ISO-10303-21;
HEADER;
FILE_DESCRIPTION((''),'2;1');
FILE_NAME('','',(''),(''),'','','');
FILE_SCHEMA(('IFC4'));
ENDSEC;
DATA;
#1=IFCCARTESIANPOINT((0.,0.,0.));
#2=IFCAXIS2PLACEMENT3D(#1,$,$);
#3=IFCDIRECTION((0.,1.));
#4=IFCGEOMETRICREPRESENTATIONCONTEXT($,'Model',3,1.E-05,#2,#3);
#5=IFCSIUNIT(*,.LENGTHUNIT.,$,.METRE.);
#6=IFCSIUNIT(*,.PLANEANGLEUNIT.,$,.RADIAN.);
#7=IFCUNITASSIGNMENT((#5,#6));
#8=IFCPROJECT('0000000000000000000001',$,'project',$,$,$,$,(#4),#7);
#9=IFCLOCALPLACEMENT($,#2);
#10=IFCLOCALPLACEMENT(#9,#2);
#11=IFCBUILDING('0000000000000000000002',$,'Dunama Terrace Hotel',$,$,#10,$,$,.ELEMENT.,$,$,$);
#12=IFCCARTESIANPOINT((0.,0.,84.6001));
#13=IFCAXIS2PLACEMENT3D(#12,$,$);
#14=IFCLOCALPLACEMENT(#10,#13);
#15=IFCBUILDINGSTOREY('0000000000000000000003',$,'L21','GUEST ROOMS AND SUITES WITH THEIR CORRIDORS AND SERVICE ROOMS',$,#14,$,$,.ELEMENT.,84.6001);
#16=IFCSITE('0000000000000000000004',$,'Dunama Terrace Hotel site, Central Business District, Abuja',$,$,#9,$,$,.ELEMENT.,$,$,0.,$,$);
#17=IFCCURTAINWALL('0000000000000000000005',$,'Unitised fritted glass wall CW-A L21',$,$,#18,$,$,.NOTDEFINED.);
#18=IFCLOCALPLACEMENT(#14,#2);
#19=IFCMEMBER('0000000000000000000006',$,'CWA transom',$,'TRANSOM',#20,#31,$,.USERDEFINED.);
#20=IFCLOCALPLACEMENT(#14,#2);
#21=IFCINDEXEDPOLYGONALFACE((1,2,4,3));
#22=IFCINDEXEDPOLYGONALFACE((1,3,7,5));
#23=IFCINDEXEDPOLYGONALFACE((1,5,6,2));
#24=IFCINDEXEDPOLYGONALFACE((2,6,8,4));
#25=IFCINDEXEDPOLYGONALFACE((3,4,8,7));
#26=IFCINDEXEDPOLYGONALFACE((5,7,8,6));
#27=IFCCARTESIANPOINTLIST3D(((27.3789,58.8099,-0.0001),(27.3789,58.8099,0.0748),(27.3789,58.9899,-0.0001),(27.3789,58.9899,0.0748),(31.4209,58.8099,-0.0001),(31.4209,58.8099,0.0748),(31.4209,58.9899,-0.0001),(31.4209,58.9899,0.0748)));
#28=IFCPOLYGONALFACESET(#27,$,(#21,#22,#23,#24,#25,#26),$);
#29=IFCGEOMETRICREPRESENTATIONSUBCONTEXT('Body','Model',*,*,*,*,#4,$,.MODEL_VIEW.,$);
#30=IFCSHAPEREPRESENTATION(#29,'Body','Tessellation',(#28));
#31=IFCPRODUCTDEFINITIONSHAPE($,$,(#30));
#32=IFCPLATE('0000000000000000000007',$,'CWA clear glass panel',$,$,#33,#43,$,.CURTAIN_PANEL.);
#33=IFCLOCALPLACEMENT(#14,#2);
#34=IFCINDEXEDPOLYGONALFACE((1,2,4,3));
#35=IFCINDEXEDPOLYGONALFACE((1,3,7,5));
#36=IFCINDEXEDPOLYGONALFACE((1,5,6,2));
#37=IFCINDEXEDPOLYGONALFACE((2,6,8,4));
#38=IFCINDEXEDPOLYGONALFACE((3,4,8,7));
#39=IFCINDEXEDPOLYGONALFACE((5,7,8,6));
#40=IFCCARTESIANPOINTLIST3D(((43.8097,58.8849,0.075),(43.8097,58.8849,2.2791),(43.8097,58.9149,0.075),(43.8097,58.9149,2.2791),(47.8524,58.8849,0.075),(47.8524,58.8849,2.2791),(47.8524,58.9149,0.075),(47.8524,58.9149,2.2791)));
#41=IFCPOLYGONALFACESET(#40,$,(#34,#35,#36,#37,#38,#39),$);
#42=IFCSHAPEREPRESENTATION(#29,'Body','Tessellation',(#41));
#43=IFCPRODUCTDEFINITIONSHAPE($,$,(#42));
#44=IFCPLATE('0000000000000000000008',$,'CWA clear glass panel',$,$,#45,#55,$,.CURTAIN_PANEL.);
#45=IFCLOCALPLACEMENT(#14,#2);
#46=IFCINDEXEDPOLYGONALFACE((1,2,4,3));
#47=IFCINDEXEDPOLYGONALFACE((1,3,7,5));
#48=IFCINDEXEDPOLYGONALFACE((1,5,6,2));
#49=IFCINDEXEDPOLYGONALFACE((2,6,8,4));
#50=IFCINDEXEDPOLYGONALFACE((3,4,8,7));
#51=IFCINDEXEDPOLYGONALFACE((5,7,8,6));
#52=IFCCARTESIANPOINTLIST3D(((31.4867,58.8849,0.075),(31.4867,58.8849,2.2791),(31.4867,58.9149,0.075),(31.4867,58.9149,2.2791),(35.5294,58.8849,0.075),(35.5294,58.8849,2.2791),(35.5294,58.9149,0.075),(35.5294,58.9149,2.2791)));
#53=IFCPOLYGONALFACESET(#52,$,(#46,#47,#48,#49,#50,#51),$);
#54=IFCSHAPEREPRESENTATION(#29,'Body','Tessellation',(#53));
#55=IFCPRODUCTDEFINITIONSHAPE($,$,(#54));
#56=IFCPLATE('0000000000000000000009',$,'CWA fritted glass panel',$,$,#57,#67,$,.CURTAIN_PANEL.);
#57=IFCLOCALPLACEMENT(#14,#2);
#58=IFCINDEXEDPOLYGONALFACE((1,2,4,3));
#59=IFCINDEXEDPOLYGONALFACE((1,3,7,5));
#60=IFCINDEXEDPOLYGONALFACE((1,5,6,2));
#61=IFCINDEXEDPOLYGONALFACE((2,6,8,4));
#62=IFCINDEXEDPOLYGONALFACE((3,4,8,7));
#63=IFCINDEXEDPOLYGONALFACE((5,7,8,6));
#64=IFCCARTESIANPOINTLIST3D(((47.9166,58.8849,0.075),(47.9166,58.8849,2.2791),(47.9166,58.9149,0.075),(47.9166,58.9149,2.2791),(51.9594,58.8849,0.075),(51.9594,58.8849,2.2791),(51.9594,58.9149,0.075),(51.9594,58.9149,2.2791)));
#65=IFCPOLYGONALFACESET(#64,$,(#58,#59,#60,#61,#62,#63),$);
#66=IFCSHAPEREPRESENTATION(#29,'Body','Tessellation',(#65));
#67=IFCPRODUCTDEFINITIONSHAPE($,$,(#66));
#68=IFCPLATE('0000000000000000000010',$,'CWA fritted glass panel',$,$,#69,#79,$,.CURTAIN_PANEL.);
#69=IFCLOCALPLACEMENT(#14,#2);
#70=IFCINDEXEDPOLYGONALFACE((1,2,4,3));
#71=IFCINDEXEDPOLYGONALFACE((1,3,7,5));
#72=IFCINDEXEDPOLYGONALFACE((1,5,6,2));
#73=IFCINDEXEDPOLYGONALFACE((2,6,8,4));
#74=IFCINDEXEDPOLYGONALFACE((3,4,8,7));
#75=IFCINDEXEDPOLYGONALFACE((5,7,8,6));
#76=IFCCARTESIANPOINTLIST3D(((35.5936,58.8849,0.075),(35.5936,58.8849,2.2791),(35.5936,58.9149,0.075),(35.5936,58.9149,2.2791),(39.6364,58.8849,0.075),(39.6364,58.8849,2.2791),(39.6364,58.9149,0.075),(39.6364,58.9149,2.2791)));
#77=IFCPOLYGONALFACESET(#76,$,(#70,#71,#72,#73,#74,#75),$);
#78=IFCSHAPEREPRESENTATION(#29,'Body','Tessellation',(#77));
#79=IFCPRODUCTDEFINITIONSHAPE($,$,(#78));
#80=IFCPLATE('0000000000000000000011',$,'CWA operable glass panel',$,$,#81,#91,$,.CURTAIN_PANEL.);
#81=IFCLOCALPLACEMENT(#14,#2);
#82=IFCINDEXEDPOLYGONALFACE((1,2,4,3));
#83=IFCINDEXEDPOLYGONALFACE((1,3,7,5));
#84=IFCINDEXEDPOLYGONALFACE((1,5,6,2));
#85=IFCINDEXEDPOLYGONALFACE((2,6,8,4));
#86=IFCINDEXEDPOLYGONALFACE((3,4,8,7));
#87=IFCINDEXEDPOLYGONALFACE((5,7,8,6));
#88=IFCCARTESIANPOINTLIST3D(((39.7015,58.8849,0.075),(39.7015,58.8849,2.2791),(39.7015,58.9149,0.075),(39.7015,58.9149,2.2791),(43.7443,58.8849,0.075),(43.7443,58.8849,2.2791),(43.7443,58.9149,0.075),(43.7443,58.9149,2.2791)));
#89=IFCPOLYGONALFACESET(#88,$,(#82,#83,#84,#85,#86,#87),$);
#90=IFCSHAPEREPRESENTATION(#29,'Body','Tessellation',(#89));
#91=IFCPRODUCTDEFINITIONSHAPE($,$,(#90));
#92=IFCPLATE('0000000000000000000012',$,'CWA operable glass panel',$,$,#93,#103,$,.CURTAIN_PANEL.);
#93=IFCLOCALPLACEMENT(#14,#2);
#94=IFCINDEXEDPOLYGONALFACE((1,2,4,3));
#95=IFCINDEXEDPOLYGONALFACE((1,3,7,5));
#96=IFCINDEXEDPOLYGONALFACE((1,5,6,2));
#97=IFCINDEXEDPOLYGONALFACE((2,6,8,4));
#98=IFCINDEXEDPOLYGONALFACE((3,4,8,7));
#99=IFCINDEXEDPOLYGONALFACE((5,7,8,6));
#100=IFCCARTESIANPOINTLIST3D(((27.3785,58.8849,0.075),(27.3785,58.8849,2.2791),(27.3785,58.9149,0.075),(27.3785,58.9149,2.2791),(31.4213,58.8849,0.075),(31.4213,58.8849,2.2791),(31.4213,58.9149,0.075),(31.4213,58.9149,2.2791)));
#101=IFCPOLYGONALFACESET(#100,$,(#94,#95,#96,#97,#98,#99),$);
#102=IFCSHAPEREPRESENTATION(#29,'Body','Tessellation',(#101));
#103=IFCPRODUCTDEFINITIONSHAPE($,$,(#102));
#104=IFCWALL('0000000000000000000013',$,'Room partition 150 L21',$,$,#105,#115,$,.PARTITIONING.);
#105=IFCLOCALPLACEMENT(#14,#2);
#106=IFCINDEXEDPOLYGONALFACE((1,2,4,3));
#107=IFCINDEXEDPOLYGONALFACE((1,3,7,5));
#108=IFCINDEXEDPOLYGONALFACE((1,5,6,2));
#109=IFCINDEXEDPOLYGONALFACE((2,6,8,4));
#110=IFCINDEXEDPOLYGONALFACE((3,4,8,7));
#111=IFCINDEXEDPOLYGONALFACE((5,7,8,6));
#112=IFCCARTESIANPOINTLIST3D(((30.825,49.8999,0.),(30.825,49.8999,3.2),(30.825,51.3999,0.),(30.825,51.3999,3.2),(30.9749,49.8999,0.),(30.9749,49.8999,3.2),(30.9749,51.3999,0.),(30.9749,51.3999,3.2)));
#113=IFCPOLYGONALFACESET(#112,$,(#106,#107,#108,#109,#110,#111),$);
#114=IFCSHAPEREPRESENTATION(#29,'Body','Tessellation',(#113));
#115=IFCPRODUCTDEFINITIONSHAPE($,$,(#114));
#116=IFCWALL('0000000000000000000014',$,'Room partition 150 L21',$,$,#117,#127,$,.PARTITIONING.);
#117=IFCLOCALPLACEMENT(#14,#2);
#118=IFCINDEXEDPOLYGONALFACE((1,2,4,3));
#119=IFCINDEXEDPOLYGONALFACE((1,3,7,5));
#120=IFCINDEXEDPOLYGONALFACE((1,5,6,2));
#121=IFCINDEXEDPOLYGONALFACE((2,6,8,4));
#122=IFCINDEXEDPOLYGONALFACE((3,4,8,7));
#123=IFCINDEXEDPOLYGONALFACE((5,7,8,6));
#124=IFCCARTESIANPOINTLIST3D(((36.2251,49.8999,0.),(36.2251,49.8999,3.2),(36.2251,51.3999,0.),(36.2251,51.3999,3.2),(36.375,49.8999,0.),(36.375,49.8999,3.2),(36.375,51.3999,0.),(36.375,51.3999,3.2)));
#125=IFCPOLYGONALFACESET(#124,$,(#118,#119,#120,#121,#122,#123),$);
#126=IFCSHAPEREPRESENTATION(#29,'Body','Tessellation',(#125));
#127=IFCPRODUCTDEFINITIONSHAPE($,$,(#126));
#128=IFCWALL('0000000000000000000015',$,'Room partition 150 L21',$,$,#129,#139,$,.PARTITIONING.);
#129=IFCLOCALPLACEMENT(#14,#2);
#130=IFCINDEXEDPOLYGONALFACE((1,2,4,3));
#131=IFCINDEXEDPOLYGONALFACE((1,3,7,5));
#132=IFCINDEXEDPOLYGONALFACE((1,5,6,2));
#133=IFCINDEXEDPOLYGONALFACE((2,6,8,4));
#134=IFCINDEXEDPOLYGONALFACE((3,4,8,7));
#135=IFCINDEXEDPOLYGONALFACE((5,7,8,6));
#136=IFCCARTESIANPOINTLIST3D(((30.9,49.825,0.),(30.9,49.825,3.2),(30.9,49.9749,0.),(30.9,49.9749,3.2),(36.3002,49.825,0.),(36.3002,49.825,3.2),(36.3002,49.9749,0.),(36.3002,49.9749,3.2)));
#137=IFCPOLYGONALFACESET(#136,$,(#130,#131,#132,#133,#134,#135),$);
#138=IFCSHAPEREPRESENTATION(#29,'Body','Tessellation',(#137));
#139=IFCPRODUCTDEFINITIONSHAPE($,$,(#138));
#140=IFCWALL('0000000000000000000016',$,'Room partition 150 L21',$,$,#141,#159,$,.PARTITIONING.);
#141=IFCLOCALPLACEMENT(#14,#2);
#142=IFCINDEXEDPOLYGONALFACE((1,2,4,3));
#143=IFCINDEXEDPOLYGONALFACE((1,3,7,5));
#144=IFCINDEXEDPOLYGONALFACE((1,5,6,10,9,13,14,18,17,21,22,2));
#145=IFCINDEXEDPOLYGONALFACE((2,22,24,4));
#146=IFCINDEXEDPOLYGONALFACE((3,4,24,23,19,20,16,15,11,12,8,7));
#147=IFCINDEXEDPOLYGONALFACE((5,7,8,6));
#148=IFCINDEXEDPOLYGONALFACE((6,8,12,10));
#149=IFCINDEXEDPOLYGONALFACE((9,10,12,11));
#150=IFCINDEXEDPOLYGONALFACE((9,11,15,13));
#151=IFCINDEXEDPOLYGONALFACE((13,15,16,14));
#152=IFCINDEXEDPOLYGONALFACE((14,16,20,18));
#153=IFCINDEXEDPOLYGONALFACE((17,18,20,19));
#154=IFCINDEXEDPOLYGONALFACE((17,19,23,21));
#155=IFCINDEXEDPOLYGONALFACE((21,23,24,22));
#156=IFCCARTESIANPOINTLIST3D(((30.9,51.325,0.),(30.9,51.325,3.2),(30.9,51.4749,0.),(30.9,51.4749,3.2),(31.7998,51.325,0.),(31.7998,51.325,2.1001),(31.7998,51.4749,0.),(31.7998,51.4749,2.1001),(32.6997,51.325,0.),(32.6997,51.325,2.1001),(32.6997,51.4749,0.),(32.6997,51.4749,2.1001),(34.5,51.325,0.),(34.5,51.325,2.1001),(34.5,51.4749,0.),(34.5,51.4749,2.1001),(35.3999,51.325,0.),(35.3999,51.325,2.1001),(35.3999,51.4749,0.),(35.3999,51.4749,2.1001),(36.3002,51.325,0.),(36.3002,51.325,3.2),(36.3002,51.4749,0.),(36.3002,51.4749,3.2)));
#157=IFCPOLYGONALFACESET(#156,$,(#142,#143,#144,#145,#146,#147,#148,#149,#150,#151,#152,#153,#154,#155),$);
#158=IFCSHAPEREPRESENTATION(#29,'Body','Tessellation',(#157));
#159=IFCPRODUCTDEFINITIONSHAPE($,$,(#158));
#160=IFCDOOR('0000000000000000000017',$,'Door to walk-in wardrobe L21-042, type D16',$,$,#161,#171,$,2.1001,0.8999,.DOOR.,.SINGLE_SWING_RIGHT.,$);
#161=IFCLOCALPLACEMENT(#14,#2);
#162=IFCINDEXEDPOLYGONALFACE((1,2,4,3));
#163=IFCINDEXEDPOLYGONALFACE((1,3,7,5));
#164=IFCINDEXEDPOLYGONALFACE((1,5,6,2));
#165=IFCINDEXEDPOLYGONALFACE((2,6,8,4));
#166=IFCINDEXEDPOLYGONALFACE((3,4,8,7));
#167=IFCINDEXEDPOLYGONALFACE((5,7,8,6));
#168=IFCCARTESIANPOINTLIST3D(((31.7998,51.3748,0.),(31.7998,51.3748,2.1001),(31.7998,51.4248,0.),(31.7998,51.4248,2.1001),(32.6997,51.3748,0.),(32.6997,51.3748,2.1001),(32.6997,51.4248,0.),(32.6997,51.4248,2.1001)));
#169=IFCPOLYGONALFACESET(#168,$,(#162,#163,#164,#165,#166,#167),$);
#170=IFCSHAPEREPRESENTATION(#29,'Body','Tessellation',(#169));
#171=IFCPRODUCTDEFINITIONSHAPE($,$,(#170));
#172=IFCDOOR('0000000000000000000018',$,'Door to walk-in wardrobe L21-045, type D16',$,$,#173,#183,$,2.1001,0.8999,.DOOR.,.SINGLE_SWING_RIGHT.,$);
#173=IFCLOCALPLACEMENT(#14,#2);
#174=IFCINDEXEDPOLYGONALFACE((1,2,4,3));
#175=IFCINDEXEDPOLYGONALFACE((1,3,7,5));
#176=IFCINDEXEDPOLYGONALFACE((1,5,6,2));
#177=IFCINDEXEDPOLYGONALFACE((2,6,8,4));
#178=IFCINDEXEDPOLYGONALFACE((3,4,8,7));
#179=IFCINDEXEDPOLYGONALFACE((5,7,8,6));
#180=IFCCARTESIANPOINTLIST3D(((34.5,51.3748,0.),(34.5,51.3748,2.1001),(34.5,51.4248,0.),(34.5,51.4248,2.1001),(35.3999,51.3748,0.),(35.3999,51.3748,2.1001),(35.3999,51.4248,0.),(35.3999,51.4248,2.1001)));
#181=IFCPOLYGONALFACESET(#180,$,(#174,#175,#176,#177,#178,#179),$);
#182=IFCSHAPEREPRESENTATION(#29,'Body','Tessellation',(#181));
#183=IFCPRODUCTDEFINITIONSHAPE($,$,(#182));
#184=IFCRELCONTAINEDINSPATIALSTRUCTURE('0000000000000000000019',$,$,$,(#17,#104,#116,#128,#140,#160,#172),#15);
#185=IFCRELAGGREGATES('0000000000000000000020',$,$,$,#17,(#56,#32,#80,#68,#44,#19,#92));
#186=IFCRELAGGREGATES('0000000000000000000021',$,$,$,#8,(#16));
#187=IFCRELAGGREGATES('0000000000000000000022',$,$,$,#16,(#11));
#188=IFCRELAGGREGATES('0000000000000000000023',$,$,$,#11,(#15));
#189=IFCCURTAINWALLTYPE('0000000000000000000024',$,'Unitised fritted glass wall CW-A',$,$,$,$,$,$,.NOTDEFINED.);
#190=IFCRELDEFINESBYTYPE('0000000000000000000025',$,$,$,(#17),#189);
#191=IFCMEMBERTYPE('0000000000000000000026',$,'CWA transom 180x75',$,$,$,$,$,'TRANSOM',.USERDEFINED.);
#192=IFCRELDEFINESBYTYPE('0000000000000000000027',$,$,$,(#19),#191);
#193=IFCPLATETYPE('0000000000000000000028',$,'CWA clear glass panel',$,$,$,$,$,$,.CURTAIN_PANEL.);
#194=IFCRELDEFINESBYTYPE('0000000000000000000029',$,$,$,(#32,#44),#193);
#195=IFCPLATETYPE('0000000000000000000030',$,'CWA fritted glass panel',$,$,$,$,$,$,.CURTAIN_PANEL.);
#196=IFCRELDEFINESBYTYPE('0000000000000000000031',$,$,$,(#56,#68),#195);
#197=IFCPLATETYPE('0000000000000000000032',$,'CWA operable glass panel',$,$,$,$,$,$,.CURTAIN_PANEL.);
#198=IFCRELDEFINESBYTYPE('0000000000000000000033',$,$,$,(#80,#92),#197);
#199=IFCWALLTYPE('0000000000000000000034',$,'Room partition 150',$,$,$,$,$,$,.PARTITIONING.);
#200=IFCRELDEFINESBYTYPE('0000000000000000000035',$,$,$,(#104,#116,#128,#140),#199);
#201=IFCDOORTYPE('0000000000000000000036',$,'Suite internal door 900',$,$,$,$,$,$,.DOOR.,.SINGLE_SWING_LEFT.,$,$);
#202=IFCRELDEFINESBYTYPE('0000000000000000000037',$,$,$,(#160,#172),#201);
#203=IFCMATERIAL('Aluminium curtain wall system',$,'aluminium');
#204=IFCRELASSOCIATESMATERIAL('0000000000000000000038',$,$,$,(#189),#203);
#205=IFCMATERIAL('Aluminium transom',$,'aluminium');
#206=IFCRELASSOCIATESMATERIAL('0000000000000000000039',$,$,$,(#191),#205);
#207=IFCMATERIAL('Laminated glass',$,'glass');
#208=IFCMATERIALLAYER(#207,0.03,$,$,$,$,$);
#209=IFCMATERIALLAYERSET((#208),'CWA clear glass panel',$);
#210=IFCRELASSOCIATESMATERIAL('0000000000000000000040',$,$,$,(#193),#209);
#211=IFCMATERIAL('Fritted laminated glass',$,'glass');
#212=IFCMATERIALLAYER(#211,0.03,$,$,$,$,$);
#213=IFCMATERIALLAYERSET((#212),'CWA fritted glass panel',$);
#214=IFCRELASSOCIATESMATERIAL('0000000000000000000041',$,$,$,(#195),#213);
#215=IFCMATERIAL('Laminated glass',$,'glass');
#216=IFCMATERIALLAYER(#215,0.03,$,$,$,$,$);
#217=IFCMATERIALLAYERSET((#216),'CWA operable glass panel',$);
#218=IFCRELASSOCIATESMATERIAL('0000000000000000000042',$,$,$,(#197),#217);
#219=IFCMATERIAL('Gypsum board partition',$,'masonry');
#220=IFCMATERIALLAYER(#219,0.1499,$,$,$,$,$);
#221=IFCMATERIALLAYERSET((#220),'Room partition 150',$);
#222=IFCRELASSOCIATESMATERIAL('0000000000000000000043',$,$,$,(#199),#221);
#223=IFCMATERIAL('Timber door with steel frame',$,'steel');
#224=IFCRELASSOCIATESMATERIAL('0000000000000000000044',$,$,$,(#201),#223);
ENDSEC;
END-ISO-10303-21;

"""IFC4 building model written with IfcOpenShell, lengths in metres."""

from ifc_helpers import new_model, si_unit, direction, frame, frame_2d, origin, origin_2d, place, context, subcontext, project, spatial, rectangle, extrude, material, layer, layer_set, material_profile, profile_set, type_object, element, fill, aggregate, save


model = new_model("IFC4")

# Units and contexts
model_context = context("Model", 3, precision=1e-05, world=origin(), true_north=direction((0.0, 1.0)))
body_context = subcontext(model_context, "Body", "Model", "MODEL_VIEW")
ifc_project = project(units=[si_unit("LENGTHUNIT", "METRE"), si_unit("PLANEANGLEUNIT", "RADIAN")], contexts=[model_context])

# Site, building, storey
site_placement = place(None, origin())
site = spatial("IfcSite", under=ifc_project, at=site_placement, Name="Dunama Terrace Hotel site, Central Business District, Abuja", CompositionType="ELEMENT", RefElevation=0.0)
building_placement = place(site_placement, origin())
building = spatial("IfcBuilding", under=site, at=building_placement, Name="Dunama Terrace Hotel", CompositionType="ELEMENT")
storey_placement = place(building_placement, frame((0.0, 0.0, 84.6001)))
storey = spatial("IfcBuildingStorey", under=building, at=storey_placement, Name="L21", Description="GUEST ROOMS AND SUITES WITH THEIR CORRIDORS AND SERVICE ROOMS", CompositionType="ELEMENT", Elevation=84.6001)

# Curtain wall, member, plates
ifc_material_1 = material(Name="Aluminium curtain wall system", Category="aluminium")
curtain_wall_type = type_object("IfcCurtainWallType", Name="Unitised fritted glass wall CW-A", PredefinedType="NOTDEFINED", material=ifc_material_1)
curtain_wall_placement = place(storey_placement, origin())
curtain_wall = element("IfcCurtainWall", 1, at=curtain_wall_placement, inside=storey, type_object=curtain_wall_type, Name="Unitised fritted glass wall CW-A L21", PredefinedType="NOTDEFINED")
ifc_material_2 = material(Name="Aluminium transom", Category="aluminium")
ifc_material_profile_1 = material_profile(ifc_material_2, rectangle(XDim=0.1799, YDim=0.075, at=origin_2d()), Name="CWA TRANSOM 180X75")
ifc_profile_set_1 = profile_set([ifc_material_profile_1], Name="Aluminium transom")
member_type_1 = type_object("IfcMemberType", Name="CWA transom 180x75", ElementType="TRANSOM", PredefinedType="USERDEFINED", material=ifc_profile_set_1)
member_1_placement = place(storey_placement, frame((31.4209, 58.8999, 0.0374), z_axis=(-1.0, 0.0, 0.0), x_axis=(0.0, -1.0, 0.0)))
member_1 = element("IfcMember", 2, at=member_1_placement, type_object=member_type_1, Name="CWA transom", ObjectType="TRANSOM", PredefinedType="USERDEFINED", context=body_context, shape_type="SweptSolid", body=[
    extrude(rectangle(XDim=0.1799, YDim=0.075, at=origin_2d()), origin(), (0.0, 0.0, 1.0), 4.042),
])
ifc_material_3 = material(Name="Laminated glass", Category="glass")
ifc_layer_1 = layer(ifc_material_3, 0.03)
ifc_layer_set_1 = layer_set([ifc_layer_1], Name="CWA clear glass panel")
plate_type_1 = type_object("IfcPlateType", Name="CWA clear glass panel", PredefinedType="CURTAIN_PANEL", material=ifc_layer_set_1)
plate_1_placement = place(storey_placement, frame((45.8311, 58.8999, 0.075), z_axis=(0.0, 0.0, 1.0), x_axis=(-1.0, 0.0, 0.0)))
plate_1 = element("IfcPlate", 3, at=plate_1_placement, type_object=plate_type_1, Name="CWA clear glass panel", PredefinedType="CURTAIN_PANEL", context=body_context, shape_type="SweptSolid", body=[
    extrude(rectangle(XDim=4.0427, YDim=0.03, at=origin_2d()), origin(), (0.0, 0.0, 1.0), 2.2041),
])
plate_2_placement = place(storey_placement, frame((33.5081, 58.8999, 0.075), z_axis=(0.0, 0.0, 1.0), x_axis=(-1.0, 0.0, 0.0)))
plate_2 = element("IfcPlate", 4, at=plate_2_placement, type_object=plate_type_1, Name="CWA clear glass panel", PredefinedType="CURTAIN_PANEL", context=body_context, shape_type="SweptSolid", body=[
    extrude(rectangle(XDim=4.0427, YDim=0.03, at=origin_2d()), origin(), (0.0, 0.0, 1.0), 2.2041),
])
ifc_material_4 = material(Name="Fritted laminated glass", Category="glass")
ifc_layer_2 = layer(ifc_material_4, 0.03)
ifc_layer_set_2 = layer_set([ifc_layer_2], Name="CWA fritted glass panel")
plate_type_2 = type_object("IfcPlateType", Name="CWA fritted glass panel", PredefinedType="CURTAIN_PANEL", material=ifc_layer_set_2)
plate_3_placement = place(storey_placement, frame((49.938, 58.8999, 0.075), z_axis=(0.0, 0.0, 1.0), x_axis=(-1.0, 0.0, 0.0)))
plate_3 = element("IfcPlate", 5, at=plate_3_placement, type_object=plate_type_2, Name="CWA fritted glass panel", PredefinedType="CURTAIN_PANEL", context=body_context, shape_type="SweptSolid", body=[
    extrude(rectangle(XDim=4.0427, YDim=0.03, at=origin_2d()), origin(), (0.0, 0.0, 1.0), 2.2041),
])
plate_4_placement = place(storey_placement, frame((37.615, 58.8999, 0.075), z_axis=(0.0, 0.0, 1.0), x_axis=(-1.0, 0.0, 0.0)))
plate_4 = element("IfcPlate", 6, at=plate_4_placement, type_object=plate_type_2, Name="CWA fritted glass panel", PredefinedType="CURTAIN_PANEL", context=body_context, shape_type="SweptSolid", body=[
    extrude(rectangle(XDim=4.0427, YDim=0.03, at=origin_2d()), origin(), (0.0, 0.0, 1.0), 2.2041),
])
ifc_material_5 = material(Name="Laminated glass", Category="glass")
ifc_layer_3 = layer(ifc_material_5, 0.03)
ifc_layer_set_3 = layer_set([ifc_layer_3], Name="CWA operable glass panel")
plate_type_3 = type_object("IfcPlateType", Name="CWA operable glass panel", PredefinedType="CURTAIN_PANEL", material=ifc_layer_set_3)
plate_5_placement = place(storey_placement, frame((41.7229, 58.8999, 0.075), z_axis=(0.0, 0.0, 1.0), x_axis=(-1.0, 0.0, 0.0)))
plate_5 = element("IfcPlate", 7, at=plate_5_placement, type_object=plate_type_3, Name="CWA operable glass panel", PredefinedType="CURTAIN_PANEL", context=body_context, shape_type="SweptSolid", body=[
    extrude(rectangle(XDim=4.0427, YDim=0.03, at=origin_2d()), origin(), (0.0, 0.0, 1.0), 2.2041),
])
plate_6_placement = place(storey_placement, frame((29.3999, 58.8999, 0.075), z_axis=(0.0, 0.0, 1.0), x_axis=(-1.0, 0.0, 0.0)))
plate_6 = element("IfcPlate", 8, at=plate_6_placement, type_object=plate_type_3, Name="CWA operable glass panel", PredefinedType="CURTAIN_PANEL", context=body_context, shape_type="SweptSolid", body=[
    extrude(rectangle(XDim=4.0427, YDim=0.03, at=origin_2d()), origin(), (0.0, 0.0, 1.0), 2.2041),
])
aggregate(curtain_wall, [plate_3, plate_1, plate_5, plate_4, plate_2, member_1, plate_6])

# Walls
ifc_material_6 = material(Name="Gypsum board partition", Category="masonry")
ifc_layer_4 = layer(ifc_material_6, 0.1499)
ifc_layer_set_4 = layer_set([ifc_layer_4], Name="Room partition 150")
wall_type = type_object("IfcWallType", Name="Room partition 150", PredefinedType="PARTITIONING", material=ifc_layer_set_4)
for number, where, z_axis, x_axis, name in (
    (9, (30.8999, 49.8999, 0.0), (0.0, 0.0, 1.0), (0.0, 1.0, 0.0), "Room partition 150 L21"),
    (10, (36.3, 49.8999, 0.0), (0.0, 0.0, 1.0), (0.0, 1.0, 0.0), "Room partition 150 L21"),
):
    element("IfcWall", number, at=place(storey_placement, frame(where, z_axis=z_axis, x_axis=x_axis)), inside=storey, type_object=wall_type, Name=name, PredefinedType="PARTITIONING", context=body_context, shape_type="SweptSolid", body=[
        extrude(rectangle(XDim=1.5, YDim=0.1499, at=frame_2d((0.75, 0.0))), origin(), (0.0, 0.0, 1.0), 3.2),
    ])
wall_1_placement = place(storey_placement, frame((30.8999, 49.8999, 0.0), z_axis=(0.0, 0.0, 1.0), x_axis=(1.0, 0.0, 0.0)))
element("IfcWall", 11, at=wall_1_placement, inside=storey, type_object=wall_type, Name="Room partition 150 L21", PredefinedType="PARTITIONING", context=body_context, shape_type="SweptSolid", body=[
    extrude(rectangle(XDim=5.4001, YDim=0.1499, at=frame_2d((2.7002, 0.0))), origin(), (0.0, 0.0, 1.0), 3.2),
])

# Wall, openings, doors
wall_2_placement = place(storey_placement, frame((30.8999, 51.3999, 0.0), z_axis=(0.0, 0.0, 1.0), x_axis=(1.0, 0.0, 0.0)))
wall_2 = element("IfcWall", 12, at=wall_2_placement, inside=storey, type_object=wall_type, Name="Room partition 150 L21", PredefinedType="PARTITIONING", context=body_context, shape_type="SweptSolid", body=[
    extrude(rectangle(XDim=5.4001, YDim=0.1499, at=frame_2d((2.7002, 0.0))), origin(), (0.0, 0.0, 1.0), 3.2),
])
opening_1_placement = place(wall_2_placement, frame((0.8999, 0.0, 0.0)))
opening_1 = element("IfcOpeningElement", 13, at=opening_1_placement, cuts=wall_2, PredefinedType="OPENING", context=body_context, shape_type="SweptSolid", body=[
    extrude(rectangle(XDim=0.8999, YDim=2.1001, at=frame_2d((0.45, 1.05))), frame((0.0, 0.085, 0.0), z_axis=(0.0, -1.0, 0.0), x_axis=(1.0, 0.0, 0.0)), (0.0, 0.0, 1.0), 0.1699),
])
opening_2_placement = place(wall_2_placement, frame((3.6001, 0.0, 0.0)))
opening_2 = element("IfcOpeningElement", 14, at=opening_2_placement, cuts=wall_2, PredefinedType="OPENING", context=body_context, shape_type="SweptSolid", body=[
    extrude(rectangle(XDim=0.8999, YDim=2.1001, at=frame_2d((0.45, 1.05))), frame((0.0, 0.085, 0.0), z_axis=(0.0, -1.0, 0.0), x_axis=(1.0, 0.0, 0.0)), (0.0, 0.0, 1.0), 0.1699),
])
ifc_material_7 = material(Name="Timber door with steel frame", Category="steel")
door_type = type_object("IfcDoorType", Name="Suite internal door 900", OperationType="SINGLE_SWING_LEFT", PredefinedType="DOOR", material=ifc_material_7)
door_1_placement = place(opening_1_placement, frame((0.8999, 0.0, 0.0), z_axis=(0.0, 0.0, 1.0), x_axis=(-1.0, 0.0, 0.0)))
door_1 = element("IfcDoor", 15, at=door_1_placement, inside=storey, type_object=door_type, Name="Door to walk-in wardrobe L21-042, type D16", OperationType="SINGLE_SWING_RIGHT", OverallHeight=2.1001, OverallWidth=0.8999, PredefinedType="DOOR", context=body_context, shape_type="SweptSolid", body=[
    extrude(rectangle(XDim=0.8999, YDim=2.1001, at=frame_2d((0.45, 1.05))), frame((0.0, 0.0251, 0.0), z_axis=(0.0, -1.0, 0.0), x_axis=(1.0, 0.0, 0.0)), (0.0, 0.0, 1.0), 0.05),
])
fill(opening_1, door_1)
door_2_placement = place(opening_2_placement, frame((0.8999, 0.0, 0.0), z_axis=(0.0, 0.0, 1.0), x_axis=(-1.0, 0.0, 0.0)))
door_2 = element("IfcDoor", 16, at=door_2_placement, inside=storey, type_object=door_type, Name="Door to walk-in wardrobe L21-045, type D16", OperationType="SINGLE_SWING_RIGHT", OverallHeight=2.1001, OverallWidth=0.8999, PredefinedType="DOOR", context=body_context, shape_type="SweptSolid", body=[
    extrude(rectangle(XDim=0.8999, YDim=2.1001, at=frame_2d((0.45, 1.05))), frame((0.0, 0.0251, 0.0), z_axis=(0.0, -1.0, 0.0), x_axis=(1.0, 0.0, 0.0)), (0.0, 0.0, 1.0), 0.05),
])
fill(opening_2, door_2)

save(model, "model.ifc")
